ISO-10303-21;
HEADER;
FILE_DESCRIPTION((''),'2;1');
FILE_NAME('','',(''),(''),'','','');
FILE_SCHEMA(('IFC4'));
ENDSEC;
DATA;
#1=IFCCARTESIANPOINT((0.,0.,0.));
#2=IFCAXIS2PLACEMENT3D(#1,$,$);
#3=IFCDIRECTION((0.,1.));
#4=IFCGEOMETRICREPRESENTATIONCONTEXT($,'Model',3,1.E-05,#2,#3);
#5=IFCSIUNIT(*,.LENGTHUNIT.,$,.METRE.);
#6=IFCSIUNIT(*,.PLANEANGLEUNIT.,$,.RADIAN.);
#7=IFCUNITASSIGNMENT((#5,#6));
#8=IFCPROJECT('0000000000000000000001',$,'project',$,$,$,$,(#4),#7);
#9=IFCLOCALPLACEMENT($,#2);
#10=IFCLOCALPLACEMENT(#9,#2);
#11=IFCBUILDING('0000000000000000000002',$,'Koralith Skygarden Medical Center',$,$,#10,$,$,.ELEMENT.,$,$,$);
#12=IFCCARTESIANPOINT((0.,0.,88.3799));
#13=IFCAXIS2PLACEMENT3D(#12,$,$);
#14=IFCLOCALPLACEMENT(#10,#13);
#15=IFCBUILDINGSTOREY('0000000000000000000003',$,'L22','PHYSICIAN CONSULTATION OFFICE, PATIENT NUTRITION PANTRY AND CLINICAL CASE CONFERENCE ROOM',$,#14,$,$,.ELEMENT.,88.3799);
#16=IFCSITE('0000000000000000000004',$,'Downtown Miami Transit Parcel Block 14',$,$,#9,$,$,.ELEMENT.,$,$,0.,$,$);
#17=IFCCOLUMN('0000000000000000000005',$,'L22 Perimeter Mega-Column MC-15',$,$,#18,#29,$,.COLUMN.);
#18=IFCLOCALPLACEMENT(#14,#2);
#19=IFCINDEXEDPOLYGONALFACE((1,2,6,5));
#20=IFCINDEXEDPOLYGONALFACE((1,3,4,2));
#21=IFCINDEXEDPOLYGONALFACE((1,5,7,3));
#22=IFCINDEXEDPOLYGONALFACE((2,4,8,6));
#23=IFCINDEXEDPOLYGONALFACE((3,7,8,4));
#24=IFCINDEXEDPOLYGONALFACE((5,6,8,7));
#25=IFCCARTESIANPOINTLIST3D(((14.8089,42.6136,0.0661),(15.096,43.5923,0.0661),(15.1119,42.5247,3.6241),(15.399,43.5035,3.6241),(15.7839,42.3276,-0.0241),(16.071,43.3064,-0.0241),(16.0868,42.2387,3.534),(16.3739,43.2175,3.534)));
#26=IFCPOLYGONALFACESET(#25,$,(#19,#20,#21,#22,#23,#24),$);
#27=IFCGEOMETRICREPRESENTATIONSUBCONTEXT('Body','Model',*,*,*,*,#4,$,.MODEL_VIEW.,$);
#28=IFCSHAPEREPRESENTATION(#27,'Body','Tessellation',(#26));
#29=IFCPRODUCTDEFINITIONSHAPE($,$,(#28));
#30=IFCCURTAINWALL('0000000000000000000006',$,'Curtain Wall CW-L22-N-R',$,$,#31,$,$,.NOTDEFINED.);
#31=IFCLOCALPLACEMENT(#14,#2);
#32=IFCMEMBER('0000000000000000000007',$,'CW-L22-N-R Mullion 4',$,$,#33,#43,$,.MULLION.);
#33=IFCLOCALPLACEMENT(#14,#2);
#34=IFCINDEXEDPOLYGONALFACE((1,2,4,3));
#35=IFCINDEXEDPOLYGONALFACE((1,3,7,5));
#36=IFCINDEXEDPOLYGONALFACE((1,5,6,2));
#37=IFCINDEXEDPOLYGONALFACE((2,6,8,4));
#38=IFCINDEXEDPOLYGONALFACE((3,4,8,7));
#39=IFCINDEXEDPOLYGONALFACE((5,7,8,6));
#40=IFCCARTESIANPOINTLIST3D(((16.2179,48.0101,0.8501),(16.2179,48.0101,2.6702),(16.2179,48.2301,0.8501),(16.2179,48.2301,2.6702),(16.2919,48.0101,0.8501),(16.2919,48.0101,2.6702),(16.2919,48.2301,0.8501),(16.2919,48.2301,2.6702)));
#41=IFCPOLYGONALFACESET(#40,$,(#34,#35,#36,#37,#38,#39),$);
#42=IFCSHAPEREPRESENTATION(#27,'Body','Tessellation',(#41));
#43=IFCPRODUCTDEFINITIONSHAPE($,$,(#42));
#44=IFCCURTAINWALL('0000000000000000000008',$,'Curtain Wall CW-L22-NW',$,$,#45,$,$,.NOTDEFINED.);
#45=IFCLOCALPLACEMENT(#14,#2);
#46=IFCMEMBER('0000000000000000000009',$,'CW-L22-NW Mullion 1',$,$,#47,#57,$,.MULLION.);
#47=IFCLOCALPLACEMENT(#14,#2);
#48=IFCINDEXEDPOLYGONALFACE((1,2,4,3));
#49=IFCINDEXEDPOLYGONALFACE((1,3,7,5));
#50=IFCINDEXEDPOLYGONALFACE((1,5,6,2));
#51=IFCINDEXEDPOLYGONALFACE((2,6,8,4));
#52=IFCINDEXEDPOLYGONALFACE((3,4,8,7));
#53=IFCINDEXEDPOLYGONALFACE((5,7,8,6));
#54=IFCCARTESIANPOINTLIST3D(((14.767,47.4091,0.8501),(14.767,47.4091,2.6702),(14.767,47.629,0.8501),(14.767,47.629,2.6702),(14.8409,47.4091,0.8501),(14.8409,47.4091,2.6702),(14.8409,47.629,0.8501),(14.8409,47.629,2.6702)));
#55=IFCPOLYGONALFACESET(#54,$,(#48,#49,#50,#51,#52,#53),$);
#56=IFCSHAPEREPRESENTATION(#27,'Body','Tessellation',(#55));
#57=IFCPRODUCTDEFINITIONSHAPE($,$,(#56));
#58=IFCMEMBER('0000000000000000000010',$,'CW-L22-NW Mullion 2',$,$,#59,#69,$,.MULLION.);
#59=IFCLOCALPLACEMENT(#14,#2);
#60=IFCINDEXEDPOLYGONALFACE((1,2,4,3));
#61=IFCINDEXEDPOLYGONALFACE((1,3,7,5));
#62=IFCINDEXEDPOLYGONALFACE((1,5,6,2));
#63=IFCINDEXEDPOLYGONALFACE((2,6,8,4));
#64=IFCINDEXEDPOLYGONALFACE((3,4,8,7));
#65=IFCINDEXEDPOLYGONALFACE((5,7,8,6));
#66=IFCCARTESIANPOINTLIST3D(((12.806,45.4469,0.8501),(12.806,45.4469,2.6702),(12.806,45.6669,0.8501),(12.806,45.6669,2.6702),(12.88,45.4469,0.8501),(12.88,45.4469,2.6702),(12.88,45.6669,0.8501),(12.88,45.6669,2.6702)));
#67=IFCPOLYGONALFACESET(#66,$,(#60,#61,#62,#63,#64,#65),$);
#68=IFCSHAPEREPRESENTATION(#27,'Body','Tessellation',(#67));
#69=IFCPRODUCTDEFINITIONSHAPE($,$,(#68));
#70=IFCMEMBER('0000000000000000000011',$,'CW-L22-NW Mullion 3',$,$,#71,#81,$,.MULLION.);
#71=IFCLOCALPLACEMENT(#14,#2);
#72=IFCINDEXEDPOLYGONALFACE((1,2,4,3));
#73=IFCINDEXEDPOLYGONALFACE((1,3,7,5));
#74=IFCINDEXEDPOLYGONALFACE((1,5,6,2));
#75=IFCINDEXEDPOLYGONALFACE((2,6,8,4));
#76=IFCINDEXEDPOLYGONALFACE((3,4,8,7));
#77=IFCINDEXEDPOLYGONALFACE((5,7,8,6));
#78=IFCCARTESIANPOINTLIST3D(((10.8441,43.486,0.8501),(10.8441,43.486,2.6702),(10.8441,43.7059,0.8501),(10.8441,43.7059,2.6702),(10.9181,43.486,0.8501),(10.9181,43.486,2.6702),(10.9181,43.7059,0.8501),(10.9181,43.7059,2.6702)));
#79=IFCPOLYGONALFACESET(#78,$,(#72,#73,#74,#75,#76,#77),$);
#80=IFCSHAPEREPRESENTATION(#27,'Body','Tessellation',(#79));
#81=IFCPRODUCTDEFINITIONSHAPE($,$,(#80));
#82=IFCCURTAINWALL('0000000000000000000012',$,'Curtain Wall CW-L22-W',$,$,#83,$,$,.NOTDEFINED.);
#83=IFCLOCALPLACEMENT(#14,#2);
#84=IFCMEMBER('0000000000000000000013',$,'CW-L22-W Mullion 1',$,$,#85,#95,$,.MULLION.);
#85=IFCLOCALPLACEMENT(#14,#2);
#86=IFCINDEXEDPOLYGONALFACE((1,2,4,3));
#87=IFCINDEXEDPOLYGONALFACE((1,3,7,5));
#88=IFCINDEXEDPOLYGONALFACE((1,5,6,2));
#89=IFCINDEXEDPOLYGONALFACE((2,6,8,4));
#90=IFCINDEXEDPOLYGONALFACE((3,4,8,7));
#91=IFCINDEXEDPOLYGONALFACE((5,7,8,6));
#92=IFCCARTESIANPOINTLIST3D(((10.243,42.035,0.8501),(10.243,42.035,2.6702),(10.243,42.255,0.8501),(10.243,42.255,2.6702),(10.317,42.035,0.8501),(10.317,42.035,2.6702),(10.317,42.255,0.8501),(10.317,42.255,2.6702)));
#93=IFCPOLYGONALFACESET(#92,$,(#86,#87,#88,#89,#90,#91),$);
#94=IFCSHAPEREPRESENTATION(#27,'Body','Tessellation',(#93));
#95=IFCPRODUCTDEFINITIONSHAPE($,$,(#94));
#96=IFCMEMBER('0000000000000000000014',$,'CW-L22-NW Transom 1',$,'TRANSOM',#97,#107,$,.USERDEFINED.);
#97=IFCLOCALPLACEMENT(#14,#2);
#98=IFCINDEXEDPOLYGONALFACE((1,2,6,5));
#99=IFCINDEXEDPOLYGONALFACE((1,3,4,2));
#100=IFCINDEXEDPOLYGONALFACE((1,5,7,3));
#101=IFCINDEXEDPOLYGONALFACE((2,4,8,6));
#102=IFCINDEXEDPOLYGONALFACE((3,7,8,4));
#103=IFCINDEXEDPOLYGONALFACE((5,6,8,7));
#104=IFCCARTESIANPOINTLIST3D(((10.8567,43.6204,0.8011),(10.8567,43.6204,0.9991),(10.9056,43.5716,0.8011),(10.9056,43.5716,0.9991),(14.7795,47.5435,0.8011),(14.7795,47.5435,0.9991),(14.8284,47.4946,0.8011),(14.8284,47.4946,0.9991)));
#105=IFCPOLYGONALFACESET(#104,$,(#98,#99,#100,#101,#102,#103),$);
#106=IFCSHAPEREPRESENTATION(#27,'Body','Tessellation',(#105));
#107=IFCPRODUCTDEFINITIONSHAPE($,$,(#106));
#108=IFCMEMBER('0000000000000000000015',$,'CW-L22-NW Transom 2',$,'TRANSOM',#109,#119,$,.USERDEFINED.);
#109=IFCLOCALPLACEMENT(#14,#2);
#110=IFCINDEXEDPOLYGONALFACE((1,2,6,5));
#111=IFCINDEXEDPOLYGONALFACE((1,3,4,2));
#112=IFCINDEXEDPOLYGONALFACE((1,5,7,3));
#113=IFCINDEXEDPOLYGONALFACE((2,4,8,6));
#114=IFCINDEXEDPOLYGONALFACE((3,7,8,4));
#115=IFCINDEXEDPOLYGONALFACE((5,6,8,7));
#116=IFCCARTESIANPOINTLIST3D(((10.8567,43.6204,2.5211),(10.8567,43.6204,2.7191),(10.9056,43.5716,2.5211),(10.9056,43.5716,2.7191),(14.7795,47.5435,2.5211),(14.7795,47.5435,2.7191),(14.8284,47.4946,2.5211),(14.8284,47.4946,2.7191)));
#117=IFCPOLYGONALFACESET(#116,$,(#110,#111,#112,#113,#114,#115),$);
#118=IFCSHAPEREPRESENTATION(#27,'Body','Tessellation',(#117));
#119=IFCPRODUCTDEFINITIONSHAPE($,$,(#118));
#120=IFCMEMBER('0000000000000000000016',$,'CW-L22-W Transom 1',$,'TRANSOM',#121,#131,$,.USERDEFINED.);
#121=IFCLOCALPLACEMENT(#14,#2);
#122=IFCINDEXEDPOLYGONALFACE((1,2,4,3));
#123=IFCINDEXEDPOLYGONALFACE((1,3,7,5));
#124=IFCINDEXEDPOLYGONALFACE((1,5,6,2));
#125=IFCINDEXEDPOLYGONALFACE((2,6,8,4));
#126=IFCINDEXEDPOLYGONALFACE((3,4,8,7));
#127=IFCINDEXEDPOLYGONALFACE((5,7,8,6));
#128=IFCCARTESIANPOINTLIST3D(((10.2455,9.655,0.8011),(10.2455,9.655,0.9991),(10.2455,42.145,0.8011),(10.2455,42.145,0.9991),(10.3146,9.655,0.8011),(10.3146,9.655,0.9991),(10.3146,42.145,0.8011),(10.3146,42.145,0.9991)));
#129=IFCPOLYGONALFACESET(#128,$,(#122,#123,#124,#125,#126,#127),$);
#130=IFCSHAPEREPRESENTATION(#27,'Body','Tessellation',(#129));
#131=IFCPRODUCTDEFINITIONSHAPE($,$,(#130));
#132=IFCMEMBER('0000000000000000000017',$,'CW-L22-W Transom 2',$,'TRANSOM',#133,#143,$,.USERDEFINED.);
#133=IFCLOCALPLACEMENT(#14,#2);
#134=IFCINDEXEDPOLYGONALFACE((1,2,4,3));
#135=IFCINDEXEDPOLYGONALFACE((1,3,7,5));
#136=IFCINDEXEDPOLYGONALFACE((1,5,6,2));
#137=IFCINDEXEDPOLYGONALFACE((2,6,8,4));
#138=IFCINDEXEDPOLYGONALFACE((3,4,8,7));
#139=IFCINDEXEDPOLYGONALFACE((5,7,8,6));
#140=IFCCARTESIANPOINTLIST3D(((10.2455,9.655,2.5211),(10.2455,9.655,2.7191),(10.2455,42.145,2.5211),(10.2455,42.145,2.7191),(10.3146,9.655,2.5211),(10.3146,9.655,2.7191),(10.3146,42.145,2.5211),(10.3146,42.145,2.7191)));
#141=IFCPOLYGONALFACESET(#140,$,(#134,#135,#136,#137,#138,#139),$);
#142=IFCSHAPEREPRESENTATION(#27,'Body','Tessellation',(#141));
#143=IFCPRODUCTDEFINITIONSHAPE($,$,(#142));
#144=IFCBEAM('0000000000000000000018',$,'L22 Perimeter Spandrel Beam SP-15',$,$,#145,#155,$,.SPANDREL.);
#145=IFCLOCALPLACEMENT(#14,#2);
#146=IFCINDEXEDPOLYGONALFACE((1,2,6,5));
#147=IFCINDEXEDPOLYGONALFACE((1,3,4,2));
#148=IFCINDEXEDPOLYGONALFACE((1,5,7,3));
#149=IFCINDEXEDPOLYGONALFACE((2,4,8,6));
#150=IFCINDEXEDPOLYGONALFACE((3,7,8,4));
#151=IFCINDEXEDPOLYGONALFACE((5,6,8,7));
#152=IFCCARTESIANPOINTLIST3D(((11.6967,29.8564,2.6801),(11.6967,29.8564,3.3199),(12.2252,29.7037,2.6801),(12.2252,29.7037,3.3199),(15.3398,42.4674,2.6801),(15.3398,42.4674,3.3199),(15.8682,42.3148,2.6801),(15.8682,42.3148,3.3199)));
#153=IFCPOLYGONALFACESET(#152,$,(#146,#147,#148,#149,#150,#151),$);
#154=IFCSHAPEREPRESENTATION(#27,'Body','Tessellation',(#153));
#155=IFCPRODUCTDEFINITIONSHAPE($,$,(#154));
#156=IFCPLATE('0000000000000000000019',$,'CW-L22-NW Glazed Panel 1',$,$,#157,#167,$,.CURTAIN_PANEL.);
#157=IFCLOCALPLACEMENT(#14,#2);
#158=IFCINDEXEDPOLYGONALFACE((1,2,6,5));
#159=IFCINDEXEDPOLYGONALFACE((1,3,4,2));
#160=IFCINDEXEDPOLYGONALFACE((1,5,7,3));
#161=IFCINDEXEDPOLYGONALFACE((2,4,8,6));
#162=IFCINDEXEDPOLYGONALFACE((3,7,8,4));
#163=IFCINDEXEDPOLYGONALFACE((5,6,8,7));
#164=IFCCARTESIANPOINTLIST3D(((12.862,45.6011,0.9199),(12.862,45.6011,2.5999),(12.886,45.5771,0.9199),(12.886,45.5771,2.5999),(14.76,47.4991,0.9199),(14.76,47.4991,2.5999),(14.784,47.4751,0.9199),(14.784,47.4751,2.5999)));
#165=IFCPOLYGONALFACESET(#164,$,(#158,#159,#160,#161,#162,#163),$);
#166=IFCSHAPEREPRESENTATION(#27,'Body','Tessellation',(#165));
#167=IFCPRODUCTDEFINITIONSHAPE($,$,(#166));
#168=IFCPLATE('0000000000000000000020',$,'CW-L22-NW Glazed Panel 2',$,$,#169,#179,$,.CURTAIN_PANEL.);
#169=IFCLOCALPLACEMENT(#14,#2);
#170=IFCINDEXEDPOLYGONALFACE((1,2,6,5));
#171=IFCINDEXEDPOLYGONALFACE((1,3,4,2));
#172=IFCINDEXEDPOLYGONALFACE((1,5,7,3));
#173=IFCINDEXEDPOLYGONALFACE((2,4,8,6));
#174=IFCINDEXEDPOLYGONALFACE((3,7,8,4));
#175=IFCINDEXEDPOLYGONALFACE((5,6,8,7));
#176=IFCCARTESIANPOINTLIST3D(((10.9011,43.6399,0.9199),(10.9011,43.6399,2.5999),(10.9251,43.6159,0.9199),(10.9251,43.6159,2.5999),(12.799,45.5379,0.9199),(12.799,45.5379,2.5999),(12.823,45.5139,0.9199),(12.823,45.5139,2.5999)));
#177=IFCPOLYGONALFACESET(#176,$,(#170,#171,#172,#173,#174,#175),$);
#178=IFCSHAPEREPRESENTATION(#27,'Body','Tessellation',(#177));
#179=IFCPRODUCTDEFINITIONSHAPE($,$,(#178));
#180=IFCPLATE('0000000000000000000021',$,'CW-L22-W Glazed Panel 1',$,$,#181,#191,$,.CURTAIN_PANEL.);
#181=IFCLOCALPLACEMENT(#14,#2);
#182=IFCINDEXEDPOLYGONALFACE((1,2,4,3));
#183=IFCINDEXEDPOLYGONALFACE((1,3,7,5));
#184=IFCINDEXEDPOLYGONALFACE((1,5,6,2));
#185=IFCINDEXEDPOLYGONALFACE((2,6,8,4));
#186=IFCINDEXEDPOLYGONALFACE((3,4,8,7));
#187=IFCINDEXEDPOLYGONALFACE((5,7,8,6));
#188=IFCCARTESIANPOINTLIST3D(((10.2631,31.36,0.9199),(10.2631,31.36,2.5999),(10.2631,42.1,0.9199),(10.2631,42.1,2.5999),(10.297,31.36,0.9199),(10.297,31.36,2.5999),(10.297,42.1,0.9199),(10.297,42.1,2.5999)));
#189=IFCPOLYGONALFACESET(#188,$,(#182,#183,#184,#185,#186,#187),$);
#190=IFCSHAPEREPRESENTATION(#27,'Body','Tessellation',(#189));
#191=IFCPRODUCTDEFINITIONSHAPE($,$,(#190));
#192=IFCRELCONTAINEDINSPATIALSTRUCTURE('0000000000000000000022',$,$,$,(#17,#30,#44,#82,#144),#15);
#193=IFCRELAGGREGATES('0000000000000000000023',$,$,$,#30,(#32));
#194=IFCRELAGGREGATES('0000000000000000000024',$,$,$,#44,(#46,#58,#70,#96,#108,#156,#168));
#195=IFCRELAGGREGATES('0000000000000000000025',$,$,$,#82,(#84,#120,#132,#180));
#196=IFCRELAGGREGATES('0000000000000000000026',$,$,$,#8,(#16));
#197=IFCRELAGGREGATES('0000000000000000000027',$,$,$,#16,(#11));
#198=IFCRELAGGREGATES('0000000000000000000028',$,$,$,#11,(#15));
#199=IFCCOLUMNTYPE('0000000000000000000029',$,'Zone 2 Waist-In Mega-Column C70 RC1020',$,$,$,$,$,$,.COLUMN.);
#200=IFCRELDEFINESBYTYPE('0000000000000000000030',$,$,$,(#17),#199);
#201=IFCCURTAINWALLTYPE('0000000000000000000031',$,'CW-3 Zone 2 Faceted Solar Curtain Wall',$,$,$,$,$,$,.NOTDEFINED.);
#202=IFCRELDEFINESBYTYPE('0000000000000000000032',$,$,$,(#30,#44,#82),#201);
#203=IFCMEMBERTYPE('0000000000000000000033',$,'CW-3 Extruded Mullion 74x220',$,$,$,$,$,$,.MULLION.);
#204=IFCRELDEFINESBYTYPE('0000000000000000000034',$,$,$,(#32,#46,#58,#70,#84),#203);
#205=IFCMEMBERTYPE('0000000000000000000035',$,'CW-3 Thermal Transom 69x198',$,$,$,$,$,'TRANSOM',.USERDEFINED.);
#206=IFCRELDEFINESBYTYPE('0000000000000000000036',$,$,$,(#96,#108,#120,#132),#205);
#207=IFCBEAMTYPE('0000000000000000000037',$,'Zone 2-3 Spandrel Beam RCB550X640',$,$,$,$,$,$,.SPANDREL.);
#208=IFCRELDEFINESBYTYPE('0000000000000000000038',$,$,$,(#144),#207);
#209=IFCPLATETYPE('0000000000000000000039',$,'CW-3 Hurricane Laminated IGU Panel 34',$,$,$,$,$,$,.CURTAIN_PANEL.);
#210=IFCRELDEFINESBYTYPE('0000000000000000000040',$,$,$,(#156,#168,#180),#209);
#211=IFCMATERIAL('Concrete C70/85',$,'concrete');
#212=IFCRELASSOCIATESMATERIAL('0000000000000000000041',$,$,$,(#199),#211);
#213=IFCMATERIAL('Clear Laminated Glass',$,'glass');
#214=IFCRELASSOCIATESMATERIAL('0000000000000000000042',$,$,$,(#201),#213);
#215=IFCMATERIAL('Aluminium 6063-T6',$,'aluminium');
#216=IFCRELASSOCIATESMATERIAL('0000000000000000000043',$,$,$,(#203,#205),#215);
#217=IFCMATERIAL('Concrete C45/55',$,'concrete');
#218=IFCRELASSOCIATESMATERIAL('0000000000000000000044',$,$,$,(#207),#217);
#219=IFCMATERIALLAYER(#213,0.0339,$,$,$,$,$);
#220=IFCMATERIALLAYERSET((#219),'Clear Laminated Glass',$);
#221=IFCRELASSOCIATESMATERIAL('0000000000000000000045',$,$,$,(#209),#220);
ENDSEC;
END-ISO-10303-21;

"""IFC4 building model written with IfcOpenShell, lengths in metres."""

from ifc_helpers import new_model, si_unit, direction, frame, origin, origin_2d, place, context, subcontext, project, spatial, rectangle, extrude, material, layer, layer_set, material_profile, profile_set, type_object, element, aggregate, save


model = new_model("IFC4")

# Units and contexts
model_context = context("Model", 3, precision=1e-05, world=origin(), true_north=direction((0.0, 1.0)))
body_context = subcontext(model_context, "Body", "Model", "MODEL_VIEW")
ifc_project = project(units=[si_unit("LENGTHUNIT", "METRE"), si_unit("PLANEANGLEUNIT", "RADIAN")], contexts=[model_context])

# Site, building, storey
site_placement = place(None, origin())
site = spatial("IfcSite", under=ifc_project, at=site_placement, Name="Downtown Miami Transit Parcel Block 14", CompositionType="ELEMENT", RefElevation=0.0)
building_placement = place(site_placement, origin())
building = spatial("IfcBuilding", under=site, at=building_placement, Name="Koralith Skygarden Medical Center", CompositionType="ELEMENT")
storey_placement = place(building_placement, frame((0.0, 0.0, 88.3799)))
storey = spatial("IfcBuildingStorey", under=building, at=storey_placement, Name="L22", Description="PHYSICIAN CONSULTATION OFFICE, PATIENT NUTRITION PANTRY AND CLINICAL CASE CONFERENCE ROOM", CompositionType="ELEMENT", Elevation=88.3799)

# Column
ifc_material_1 = material(Name="Concrete C70/85", Category="concrete")
ifc_material_profile_1 = material_profile(ifc_material_1, rectangle(XDim=1.02, YDim=1.02, at=origin_2d()), Name="RC1020X1020")
ifc_profile_set_1 = profile_set([ifc_material_profile_1], Name="Concrete C70/85")
column_type = type_object("IfcColumnType", Name="Zone 2 Waist-In Mega-Column C70 RC1020", PredefinedType="COLUMN", material=ifc_profile_set_1)
column_placement = place(storey_placement, frame((15.4399, 42.96, 0.021), z_axis=(0.084818, -0.024878, 0.996086), x_axis=(0.281455, 0.959575, 0.0)))
element("IfcColumn", 1, at=column_placement, inside=storey, type_object=column_type, Name="L22 Perimeter Mega-Column MC-15", PredefinedType="COLUMN", context=body_context, shape_type="SweptSolid", body=[
    extrude(rectangle(XDim=1.02, YDim=1.02, at=origin_2d()), origin(), (0.0, 0.0, 1.0), 3.572),
])

# Curtain wall, member
ifc_material_2 = material(Name="Clear Laminated Glass", Category="glass")
curtain_wall_type = type_object("IfcCurtainWallType", Name="CW-3 Zone 2 Faceted Solar Curtain Wall", PredefinedType="NOTDEFINED", material=ifc_material_2)
curtain_wall_1_placement = place(storey_placement, origin())
curtain_wall_1 = element("IfcCurtainWall", 2, at=curtain_wall_1_placement, inside=storey, type_object=curtain_wall_type, Name="Curtain Wall CW-L22-N-R", PredefinedType="NOTDEFINED")
ifc_material_3 = material(Name="Aluminium 6063-T6", Category="aluminium")
ifc_material_profile_2 = material_profile(ifc_material_3, rectangle(XDim=0.074, YDim=0.22, at=origin_2d()), Name="MUL74X220")
ifc_profile_set_2 = profile_set([ifc_material_profile_2], Name="Aluminium 6063-T6")
member_type_1 = type_object("IfcMemberType", Name="CW-3 Extruded Mullion 74x220", PredefinedType="MULLION", material=ifc_profile_set_2)
member_1_placement = place(storey_placement, frame((16.2549, 48.1201, 0.8501), z_axis=(0.0, 0.0, 1.0), x_axis=(1.0, 0.0, 0.0)))
member_1 = element("IfcMember", 3, at=member_1_placement, type_object=member_type_1, Name="CW-L22-N-R Mullion 4", PredefinedType="MULLION", context=body_context, shape_type="SweptSolid", body=[
    extrude(rectangle(XDim=0.074, YDim=0.22, at=origin_2d()), origin(), (0.0, 0.0, 1.0), 1.8201),
])
aggregate(curtain_wall_1, [member_1])

# Curtain wall, members
curtain_wall_2_placement = place(storey_placement, origin())
curtain_wall_2 = element("IfcCurtainWall", 4, at=curtain_wall_2_placement, inside=storey, type_object=curtain_wall_type, Name="Curtain Wall CW-L22-NW", PredefinedType="NOTDEFINED")
member_2_placement = place(storey_placement, frame((14.804, 47.519, 0.8501), z_axis=(0.0, 0.0, 1.0), x_axis=(1.0, 0.0, 0.0)))
member_2 = element("IfcMember", 5, at=member_2_placement, type_object=member_type_1, Name="CW-L22-NW Mullion 1", PredefinedType="MULLION", context=body_context, shape_type="SweptSolid", body=[
    extrude(rectangle(XDim=0.074, YDim=0.22, at=origin_2d()), origin(), (0.0, 0.0, 1.0), 1.8201),
])
member_3_placement = place(storey_placement, frame((12.843, 45.5569, 0.8501), z_axis=(0.0, 0.0, 1.0), x_axis=(1.0, 0.0, 0.0)))
member_3 = element("IfcMember", 6, at=member_3_placement, type_object=member_type_1, Name="CW-L22-NW Mullion 2", PredefinedType="MULLION", context=body_context, shape_type="SweptSolid", body=[
    extrude(rectangle(XDim=0.074, YDim=0.22, at=origin_2d()), origin(), (0.0, 0.0, 1.0), 1.8201),
])
member_4_placement = place(storey_placement, frame((10.8811, 43.5959, 0.8501), z_axis=(0.0, 0.0, 1.0), x_axis=(1.0, 0.0, 0.0)))
member_4 = element("IfcMember", 7, at=member_4_placement, type_object=member_type_1, Name="CW-L22-NW Mullion 3", PredefinedType="MULLION", context=body_context, shape_type="SweptSolid", body=[
    extrude(rectangle(XDim=0.074, YDim=0.22, at=origin_2d()), origin(), (0.0, 0.0, 1.0), 1.8201),
])

# Curtain wall, member
curtain_wall_3_placement = place(storey_placement, origin())
curtain_wall_3 = element("IfcCurtainWall", 8, at=curtain_wall_3_placement, inside=storey, type_object=curtain_wall_type, Name="Curtain Wall CW-L22-W", PredefinedType="NOTDEFINED")
member_5_placement = place(storey_placement, frame((10.28, 42.145, 0.8501), z_axis=(0.0, 0.0, 1.0), x_axis=(1.0, 0.0, 0.0)))
member_5 = element("IfcMember", 9, at=member_5_placement, type_object=member_type_1, Name="CW-L22-W Mullion 1", PredefinedType="MULLION", context=body_context, shape_type="SweptSolid", body=[
    extrude(rectangle(XDim=0.074, YDim=0.22, at=origin_2d()), origin(), (0.0, 0.0, 1.0), 1.8201),
])

# Members
ifc_material_profile_3 = material_profile(ifc_material_3, rectangle(XDim=0.0691, YDim=0.198, at=origin_2d()), Name="TRN69X198")
ifc_profile_set_3 = profile_set([ifc_material_profile_3], Name="Aluminium 6063-T6")
member_type_2 = type_object("IfcMemberType", Name="CW-3 Thermal Transom 69x198", ElementType="TRANSOM", PredefinedType="USERDEFINED", material=ifc_profile_set_3)
member_6_placement = place(storey_placement, frame((14.804, 47.519, 0.9001), z_axis=(-0.707085, -0.707129, 0.0), x_axis=(0.707129, -0.707085, 0.0)))
member_6 = element("IfcMember", 10, at=member_6_placement, type_object=member_type_2, Name="CW-L22-NW Transom 1", ObjectType="TRANSOM", PredefinedType="USERDEFINED", context=body_context, shape_type="SweptSolid", body=[
    extrude(rectangle(XDim=0.0691, YDim=0.198, at=origin_2d()), origin(), (0.0, 0.0, 1.0), 5.5479),
])
member_7_placement = place(storey_placement, frame((14.804, 47.519, 2.6201), z_axis=(-0.707085, -0.707129, 0.0), x_axis=(0.707129, -0.707085, 0.0)))
member_7 = element("IfcMember", 11, at=member_7_placement, type_object=member_type_2, Name="CW-L22-NW Transom 2", ObjectType="TRANSOM", PredefinedType="USERDEFINED", context=body_context, shape_type="SweptSolid", body=[
    extrude(rectangle(XDim=0.0691, YDim=0.198, at=origin_2d()), origin(), (0.0, 0.0, 1.0), 5.5479),
])
member_8_placement = place(storey_placement, frame((10.28, 42.145, 0.9001), z_axis=(0.0, -1.0, 0.0), x_axis=(1.0, 0.0, 0.0)))
member_8 = element("IfcMember", 12, at=member_8_placement, type_object=member_type_2, Name="CW-L22-W Transom 1", ObjectType="TRANSOM", PredefinedType="USERDEFINED", context=body_context, shape_type="SweptSolid", body=[
    extrude(rectangle(XDim=0.0691, YDim=0.198, at=origin_2d()), origin(), (0.0, 0.0, 1.0), 32.49),
])
member_9_placement = place(storey_placement, frame((10.28, 42.145, 2.6201), z_axis=(0.0, -1.0, 0.0), x_axis=(1.0, 0.0, 0.0)))
member_9 = element("IfcMember", 13, at=member_9_placement, type_object=member_type_2, Name="CW-L22-W Transom 2", ObjectType="TRANSOM", PredefinedType="USERDEFINED", context=body_context, shape_type="SweptSolid", body=[
    extrude(rectangle(XDim=0.0691, YDim=0.198, at=origin_2d()), origin(), (0.0, 0.0, 1.0), 32.49),
])

# Beam
ifc_material_4 = material(Name="Concrete C45/55", Category="concrete")
ifc_material_profile_4 = material_profile(ifc_material_4, rectangle(XDim=0.55, YDim=0.6399, at=origin_2d()), Name="RCB550X640")
ifc_profile_set_4 = profile_set([ifc_material_profile_4], Name="Concrete C45/55")
beam_type = type_object("IfcBeamType", Name="Zone 2-3 Spandrel Beam RCB550X640", PredefinedType="SPANDREL", material=ifc_profile_set_4)
beam_placement = place(storey_placement, frame((15.604, 42.3911, 3.0), z_axis=(-0.27753, -0.960717, 0.0), x_axis=(0.960717, -0.27753, 0.0)))
element("IfcBeam", 14, at=beam_placement, inside=storey, type_object=beam_type, Name="L22 Perimeter Spandrel Beam SP-15", PredefinedType="SPANDREL", context=body_context, shape_type="SweptSolid", body=[
    extrude(rectangle(XDim=0.55, YDim=0.6399, at=origin_2d()), origin(), (0.0, 0.0, 1.0), 13.1267),
])

# Plates
ifc_layer_1 = layer(ifc_material_2, 0.0339)
ifc_layer_set_1 = layer_set([ifc_layer_1], Name="Clear Laminated Glass")
plate_type_1 = type_object("IfcPlateType", Name="CW-3 Hurricane Laminated IGU Panel 34", PredefinedType="CURTAIN_PANEL", material=ifc_layer_set_1)
plate_1_placement = place(storey_placement, frame((13.823, 46.5381, 0.9199), z_axis=(0.0, 0.0, 1.0), x_axis=(-0.707107, -0.707107, 0.0)))
plate_1 = element("IfcPlate", 15, at=plate_1_placement, type_object=plate_type_1, Name="CW-L22-NW Glazed Panel 1", PredefinedType="CURTAIN_PANEL", context=body_context, shape_type="SweptSolid", body=[
    extrude(rectangle(XDim=2.6841, YDim=0.0339, at=origin_2d()), origin(), (0.0, 0.0, 1.0), 1.6799),
])
plate_2_placement = place(storey_placement, frame((11.8621, 44.5769, 0.9199), z_axis=(0.0, 0.0, 1.0), x_axis=(-0.707107, -0.707107, 0.0)))
plate_2 = element("IfcPlate", 16, at=plate_2_placement, type_object=plate_type_1, Name="CW-L22-NW Glazed Panel 2", PredefinedType="CURTAIN_PANEL", context=body_context, shape_type="SweptSolid", body=[
    extrude(rectangle(XDim=2.6841, YDim=0.0339, at=origin_2d()), origin(), (0.0, 0.0, 1.0), 1.6799),
])
aggregate(curtain_wall_2, [member_2, member_3, member_4, member_6, member_7, plate_1, plate_2])
plate_3_placement = place(storey_placement, frame((10.28, 36.73, 0.9199), z_axis=(0.0, 0.0, 1.0), x_axis=(0.0, -1.0, 0.0)))
plate_3 = element("IfcPlate", 17, at=plate_3_placement, type_object=plate_type_1, Name="CW-L22-W Glazed Panel 1", PredefinedType="CURTAIN_PANEL", context=body_context, shape_type="SweptSolid", body=[
    extrude(rectangle(XDim=10.74, YDim=0.0339, at=origin_2d()), origin(), (0.0, 0.0, 1.0), 1.6799),
])
aggregate(curtain_wall_3, [member_5, member_8, member_9, plate_3])

save(model, "model.ifc")
